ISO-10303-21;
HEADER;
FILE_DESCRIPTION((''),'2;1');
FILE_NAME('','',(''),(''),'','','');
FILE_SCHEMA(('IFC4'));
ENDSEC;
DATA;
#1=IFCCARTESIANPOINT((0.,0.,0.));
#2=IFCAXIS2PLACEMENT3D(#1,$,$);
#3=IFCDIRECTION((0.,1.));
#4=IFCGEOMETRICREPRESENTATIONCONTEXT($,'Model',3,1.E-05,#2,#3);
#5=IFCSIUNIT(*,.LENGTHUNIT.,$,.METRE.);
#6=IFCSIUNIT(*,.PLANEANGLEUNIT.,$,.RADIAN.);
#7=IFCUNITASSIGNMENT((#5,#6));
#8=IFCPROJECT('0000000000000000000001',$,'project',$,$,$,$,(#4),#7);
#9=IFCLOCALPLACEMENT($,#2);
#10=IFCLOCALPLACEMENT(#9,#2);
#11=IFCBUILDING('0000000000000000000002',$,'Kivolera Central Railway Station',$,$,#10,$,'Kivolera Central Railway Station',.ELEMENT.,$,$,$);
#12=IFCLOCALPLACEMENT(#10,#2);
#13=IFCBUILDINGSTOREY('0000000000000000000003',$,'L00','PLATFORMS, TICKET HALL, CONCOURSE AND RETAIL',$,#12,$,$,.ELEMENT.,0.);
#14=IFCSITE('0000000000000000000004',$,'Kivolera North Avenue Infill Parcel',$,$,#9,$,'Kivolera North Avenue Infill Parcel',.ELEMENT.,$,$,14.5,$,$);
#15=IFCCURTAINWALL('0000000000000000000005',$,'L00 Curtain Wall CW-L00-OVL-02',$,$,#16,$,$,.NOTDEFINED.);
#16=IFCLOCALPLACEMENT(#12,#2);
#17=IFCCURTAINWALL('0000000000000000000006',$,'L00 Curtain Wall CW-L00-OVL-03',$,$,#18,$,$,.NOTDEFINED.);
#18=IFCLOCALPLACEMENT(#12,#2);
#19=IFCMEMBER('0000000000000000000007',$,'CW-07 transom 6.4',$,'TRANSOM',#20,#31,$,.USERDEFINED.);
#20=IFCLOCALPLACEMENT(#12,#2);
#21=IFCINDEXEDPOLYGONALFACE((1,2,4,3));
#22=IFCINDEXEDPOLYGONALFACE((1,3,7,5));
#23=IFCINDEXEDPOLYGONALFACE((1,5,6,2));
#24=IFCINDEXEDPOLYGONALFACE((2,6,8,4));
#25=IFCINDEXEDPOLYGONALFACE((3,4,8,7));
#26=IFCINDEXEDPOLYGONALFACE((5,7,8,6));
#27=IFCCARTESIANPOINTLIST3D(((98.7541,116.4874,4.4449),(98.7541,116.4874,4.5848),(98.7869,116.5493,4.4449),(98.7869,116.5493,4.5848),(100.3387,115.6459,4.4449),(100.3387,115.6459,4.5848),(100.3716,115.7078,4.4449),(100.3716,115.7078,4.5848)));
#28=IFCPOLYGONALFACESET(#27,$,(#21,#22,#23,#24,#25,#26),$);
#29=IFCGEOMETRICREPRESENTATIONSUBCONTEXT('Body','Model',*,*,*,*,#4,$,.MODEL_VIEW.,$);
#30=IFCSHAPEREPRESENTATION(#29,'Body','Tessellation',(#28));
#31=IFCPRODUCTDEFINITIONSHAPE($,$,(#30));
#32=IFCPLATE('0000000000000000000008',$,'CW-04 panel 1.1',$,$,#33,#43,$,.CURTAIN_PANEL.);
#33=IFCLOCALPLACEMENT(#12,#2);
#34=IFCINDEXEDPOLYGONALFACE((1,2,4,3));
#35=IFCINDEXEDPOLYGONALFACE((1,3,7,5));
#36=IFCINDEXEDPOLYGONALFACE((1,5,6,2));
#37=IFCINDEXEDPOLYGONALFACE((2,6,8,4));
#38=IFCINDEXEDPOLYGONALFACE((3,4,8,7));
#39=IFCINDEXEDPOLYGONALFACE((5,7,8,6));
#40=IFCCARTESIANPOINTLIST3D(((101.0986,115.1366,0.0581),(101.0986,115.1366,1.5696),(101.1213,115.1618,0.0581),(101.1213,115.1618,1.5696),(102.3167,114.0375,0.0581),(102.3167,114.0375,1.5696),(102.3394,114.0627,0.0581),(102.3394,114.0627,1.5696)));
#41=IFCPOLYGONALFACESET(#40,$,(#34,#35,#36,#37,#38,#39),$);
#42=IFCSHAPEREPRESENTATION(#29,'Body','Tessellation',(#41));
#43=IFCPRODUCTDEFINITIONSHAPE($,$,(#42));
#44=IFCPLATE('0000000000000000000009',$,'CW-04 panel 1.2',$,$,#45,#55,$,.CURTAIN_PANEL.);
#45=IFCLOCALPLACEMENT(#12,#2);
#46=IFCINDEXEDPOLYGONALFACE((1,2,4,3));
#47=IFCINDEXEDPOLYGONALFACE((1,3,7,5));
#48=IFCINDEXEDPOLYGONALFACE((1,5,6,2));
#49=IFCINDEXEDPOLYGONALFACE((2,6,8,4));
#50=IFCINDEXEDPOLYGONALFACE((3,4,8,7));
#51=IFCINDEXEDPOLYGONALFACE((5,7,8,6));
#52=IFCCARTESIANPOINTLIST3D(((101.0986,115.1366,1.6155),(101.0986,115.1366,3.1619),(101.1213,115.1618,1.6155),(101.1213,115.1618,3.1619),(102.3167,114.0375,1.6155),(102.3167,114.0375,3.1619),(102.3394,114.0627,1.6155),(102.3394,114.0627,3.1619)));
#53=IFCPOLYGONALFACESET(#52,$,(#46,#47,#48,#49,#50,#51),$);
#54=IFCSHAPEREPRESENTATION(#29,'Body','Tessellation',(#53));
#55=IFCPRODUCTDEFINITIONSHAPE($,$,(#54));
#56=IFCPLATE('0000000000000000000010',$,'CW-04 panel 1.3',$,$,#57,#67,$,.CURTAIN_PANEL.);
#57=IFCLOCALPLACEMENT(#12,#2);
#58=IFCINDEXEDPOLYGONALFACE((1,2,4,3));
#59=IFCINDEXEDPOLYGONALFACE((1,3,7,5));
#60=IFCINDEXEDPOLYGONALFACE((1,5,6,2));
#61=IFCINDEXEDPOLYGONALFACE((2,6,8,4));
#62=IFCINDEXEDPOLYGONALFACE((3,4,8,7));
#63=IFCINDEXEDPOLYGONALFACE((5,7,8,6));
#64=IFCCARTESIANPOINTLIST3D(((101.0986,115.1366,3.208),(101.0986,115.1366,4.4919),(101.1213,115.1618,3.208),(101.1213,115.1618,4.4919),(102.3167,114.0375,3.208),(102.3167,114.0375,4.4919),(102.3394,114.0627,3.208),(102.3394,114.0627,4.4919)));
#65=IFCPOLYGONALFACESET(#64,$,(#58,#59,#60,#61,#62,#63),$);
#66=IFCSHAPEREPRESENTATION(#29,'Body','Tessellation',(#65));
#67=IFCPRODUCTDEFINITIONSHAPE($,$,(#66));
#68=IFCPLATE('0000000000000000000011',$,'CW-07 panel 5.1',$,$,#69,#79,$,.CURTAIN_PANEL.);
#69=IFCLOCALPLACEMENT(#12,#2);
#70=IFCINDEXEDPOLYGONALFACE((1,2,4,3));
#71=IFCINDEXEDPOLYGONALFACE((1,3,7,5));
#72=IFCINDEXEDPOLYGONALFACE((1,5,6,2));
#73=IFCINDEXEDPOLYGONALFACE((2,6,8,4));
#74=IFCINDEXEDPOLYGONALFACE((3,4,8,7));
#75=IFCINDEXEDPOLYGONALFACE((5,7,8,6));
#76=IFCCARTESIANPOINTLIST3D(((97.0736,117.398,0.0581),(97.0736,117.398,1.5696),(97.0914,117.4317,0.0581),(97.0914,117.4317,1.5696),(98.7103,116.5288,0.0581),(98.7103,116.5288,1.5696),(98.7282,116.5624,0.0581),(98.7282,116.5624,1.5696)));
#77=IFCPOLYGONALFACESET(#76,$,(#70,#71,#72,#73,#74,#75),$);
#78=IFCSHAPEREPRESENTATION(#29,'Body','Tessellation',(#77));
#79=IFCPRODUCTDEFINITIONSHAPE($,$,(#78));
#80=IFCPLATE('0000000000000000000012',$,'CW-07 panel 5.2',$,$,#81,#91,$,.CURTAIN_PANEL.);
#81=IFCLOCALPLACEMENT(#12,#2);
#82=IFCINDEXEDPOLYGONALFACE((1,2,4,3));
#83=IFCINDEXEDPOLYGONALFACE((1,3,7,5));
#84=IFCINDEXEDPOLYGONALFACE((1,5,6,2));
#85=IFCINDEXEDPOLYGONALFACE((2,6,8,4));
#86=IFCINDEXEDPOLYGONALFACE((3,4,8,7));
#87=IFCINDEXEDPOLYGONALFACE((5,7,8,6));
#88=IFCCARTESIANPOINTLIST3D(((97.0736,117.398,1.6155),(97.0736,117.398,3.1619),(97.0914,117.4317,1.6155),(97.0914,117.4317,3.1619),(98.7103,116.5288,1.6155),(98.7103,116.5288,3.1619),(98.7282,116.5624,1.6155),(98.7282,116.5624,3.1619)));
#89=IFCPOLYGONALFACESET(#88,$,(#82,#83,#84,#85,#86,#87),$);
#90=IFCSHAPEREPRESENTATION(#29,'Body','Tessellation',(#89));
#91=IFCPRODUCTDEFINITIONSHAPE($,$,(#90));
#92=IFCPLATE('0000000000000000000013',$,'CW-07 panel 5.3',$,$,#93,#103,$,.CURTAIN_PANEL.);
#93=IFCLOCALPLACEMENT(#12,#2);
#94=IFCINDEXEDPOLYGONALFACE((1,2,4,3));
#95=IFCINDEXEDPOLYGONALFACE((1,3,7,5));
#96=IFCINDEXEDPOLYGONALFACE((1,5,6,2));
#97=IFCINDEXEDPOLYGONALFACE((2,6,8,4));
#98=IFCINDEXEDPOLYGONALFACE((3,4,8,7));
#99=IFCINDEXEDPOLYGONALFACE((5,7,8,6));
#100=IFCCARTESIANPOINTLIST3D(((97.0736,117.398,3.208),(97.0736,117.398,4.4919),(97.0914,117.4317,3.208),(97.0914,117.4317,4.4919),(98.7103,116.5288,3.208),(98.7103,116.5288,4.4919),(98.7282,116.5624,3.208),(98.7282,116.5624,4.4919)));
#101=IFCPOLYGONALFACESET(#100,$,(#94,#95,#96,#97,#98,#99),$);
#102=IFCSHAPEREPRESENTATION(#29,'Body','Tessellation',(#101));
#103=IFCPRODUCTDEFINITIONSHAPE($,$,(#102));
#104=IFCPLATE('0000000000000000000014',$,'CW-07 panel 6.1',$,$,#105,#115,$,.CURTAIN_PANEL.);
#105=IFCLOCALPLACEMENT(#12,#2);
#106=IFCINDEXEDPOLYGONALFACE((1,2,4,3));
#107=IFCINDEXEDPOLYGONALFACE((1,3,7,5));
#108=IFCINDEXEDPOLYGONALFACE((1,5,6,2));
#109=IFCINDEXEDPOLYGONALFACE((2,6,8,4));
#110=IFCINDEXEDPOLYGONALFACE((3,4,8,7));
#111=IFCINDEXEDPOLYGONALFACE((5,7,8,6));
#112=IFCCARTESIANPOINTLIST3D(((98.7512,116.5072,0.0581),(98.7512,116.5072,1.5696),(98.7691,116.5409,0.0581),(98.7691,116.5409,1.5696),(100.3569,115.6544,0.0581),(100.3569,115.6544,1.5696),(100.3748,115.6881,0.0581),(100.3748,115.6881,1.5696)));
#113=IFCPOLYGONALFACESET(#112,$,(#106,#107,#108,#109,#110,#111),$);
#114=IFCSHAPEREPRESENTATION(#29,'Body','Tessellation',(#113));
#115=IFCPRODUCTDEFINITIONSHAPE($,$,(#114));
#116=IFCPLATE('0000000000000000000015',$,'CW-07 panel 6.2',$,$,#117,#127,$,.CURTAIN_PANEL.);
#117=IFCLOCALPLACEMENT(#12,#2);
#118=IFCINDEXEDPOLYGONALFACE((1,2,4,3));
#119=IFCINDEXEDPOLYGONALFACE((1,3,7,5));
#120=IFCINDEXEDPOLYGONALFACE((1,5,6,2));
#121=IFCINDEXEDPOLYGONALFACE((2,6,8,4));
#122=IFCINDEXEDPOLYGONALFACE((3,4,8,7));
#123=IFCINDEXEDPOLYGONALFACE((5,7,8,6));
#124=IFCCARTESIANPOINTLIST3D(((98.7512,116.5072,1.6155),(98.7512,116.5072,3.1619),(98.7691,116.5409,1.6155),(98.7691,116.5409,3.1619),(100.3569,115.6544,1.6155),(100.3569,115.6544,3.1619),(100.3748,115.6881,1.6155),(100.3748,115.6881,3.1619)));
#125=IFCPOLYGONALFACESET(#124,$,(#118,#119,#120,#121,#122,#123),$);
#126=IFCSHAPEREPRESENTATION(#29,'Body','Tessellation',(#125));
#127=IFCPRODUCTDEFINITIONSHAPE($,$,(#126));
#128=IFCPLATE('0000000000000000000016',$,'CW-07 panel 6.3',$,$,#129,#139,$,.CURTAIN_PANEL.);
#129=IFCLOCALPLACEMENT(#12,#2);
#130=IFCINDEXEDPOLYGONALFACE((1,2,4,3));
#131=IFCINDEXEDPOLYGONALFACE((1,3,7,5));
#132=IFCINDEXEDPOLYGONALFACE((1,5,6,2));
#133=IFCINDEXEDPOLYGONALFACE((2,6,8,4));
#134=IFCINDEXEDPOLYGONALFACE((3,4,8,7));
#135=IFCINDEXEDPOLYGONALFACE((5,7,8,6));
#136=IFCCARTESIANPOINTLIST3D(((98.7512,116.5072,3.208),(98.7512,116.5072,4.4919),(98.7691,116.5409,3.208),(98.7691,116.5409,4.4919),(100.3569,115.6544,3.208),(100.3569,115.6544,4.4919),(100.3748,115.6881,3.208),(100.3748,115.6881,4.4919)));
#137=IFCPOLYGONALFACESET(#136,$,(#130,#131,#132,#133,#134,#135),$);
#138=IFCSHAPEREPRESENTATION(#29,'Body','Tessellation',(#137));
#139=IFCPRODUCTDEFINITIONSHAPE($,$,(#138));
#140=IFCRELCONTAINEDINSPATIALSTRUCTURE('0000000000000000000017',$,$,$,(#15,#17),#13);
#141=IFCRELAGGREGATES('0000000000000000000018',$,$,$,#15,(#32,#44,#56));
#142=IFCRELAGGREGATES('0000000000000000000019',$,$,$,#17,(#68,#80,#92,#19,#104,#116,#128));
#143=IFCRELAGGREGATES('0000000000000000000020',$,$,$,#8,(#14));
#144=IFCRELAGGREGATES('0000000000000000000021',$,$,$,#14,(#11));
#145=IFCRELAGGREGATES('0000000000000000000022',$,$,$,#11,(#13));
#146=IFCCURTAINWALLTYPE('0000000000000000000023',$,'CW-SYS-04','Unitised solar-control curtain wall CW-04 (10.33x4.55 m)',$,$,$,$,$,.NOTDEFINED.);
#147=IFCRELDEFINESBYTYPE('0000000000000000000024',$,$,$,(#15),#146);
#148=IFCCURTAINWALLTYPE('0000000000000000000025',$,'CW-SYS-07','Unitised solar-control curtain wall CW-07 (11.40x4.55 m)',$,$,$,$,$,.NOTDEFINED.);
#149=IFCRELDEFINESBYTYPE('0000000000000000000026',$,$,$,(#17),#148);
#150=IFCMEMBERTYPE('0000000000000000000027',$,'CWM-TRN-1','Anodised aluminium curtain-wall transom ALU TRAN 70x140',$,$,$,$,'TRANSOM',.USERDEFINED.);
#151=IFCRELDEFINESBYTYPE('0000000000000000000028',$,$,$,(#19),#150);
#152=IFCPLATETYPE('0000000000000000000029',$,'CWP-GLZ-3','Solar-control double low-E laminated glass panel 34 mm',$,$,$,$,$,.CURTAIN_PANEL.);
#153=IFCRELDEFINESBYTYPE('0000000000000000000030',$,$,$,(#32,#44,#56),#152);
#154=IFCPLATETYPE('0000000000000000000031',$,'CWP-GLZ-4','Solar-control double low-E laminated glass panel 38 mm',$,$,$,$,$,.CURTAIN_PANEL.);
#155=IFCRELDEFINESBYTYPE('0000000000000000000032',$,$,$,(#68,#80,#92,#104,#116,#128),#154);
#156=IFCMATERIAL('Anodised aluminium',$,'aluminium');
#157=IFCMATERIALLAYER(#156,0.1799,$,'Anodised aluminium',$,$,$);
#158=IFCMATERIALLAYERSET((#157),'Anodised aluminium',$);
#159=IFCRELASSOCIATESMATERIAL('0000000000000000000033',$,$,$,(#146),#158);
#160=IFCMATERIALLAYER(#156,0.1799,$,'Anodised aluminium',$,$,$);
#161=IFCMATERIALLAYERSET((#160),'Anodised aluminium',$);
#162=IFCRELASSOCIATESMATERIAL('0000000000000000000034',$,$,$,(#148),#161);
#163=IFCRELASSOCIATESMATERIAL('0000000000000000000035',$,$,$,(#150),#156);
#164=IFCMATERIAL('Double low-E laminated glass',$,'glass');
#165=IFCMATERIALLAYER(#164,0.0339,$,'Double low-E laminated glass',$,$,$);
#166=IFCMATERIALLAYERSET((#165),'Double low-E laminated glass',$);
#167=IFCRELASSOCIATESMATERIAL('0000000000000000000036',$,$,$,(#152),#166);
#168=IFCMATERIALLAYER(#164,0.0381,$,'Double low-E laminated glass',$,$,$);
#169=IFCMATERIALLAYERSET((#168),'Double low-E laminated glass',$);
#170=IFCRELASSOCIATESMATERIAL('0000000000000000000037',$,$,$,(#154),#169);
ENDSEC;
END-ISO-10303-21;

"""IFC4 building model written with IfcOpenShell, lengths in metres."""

from ifc_helpers import new_model, si_unit, direction, frame, origin, origin_2d, place, context, subcontext, project, spatial, rectangle, extrude, material, layer, layer_set, material_profile, profile_set, type_object, element, aggregate, save


model = new_model("IFC4")

# Units and contexts
model_context = context("Model", 3, precision=1e-05, world=origin(), true_north=direction((0.0, 1.0)))
body_context = subcontext(model_context, "Body", "Model", "MODEL_VIEW")
ifc_project = project(units=[si_unit("LENGTHUNIT", "METRE"), si_unit("PLANEANGLEUNIT", "RADIAN")], contexts=[model_context])

# Site, building, storey
site_placement = place(None, origin())
site = spatial("IfcSite", under=ifc_project, at=site_placement, Name="Kivolera North Avenue Infill Parcel", LongName="Kivolera North Avenue Infill Parcel", CompositionType="ELEMENT", RefElevation=14.5)
building_placement = place(site_placement, origin())
building = spatial("IfcBuilding", under=site, at=building_placement, Name="Kivolera Central Railway Station", LongName="Kivolera Central Railway Station", CompositionType="ELEMENT")
storey_placement = place(building_placement, origin())
storey = spatial("IfcBuildingStorey", under=building, at=storey_placement, Name="L00", Description="PLATFORMS, TICKET HALL, CONCOURSE AND RETAIL", CompositionType="ELEMENT", Elevation=0.0)

# Curtain wall
ifc_material_1 = material(Name="Anodised aluminium", Category="aluminium")
ifc_layer_1 = layer(ifc_material_1, 0.1799, Name="Anodised aluminium")
ifc_layer_set_1 = layer_set([ifc_layer_1], Name="Anodised aluminium")
curtain_wall_type_1 = type_object("IfcCurtainWallType", Name="CW-SYS-04", Description="Unitised solar-control curtain wall CW-04 (10.33x4.55 m)", PredefinedType="NOTDEFINED", material=ifc_layer_set_1)
curtain_wall_1_placement = place(storey_placement, origin())
curtain_wall_1 = element("IfcCurtainWall", 1, at=curtain_wall_1_placement, inside=storey, type_object=curtain_wall_type_1, Name="L00 Curtain Wall CW-L00-OVL-02", PredefinedType="NOTDEFINED")

# Curtain wall
ifc_layer_2 = layer(ifc_material_1, 0.1799, Name="Anodised aluminium")
ifc_layer_set_2 = layer_set([ifc_layer_2], Name="Anodised aluminium")
curtain_wall_type_2 = type_object("IfcCurtainWallType", Name="CW-SYS-07", Description="Unitised solar-control curtain wall CW-07 (11.40x4.55 m)", PredefinedType="NOTDEFINED", material=ifc_layer_set_2)
curtain_wall_2_placement = place(storey_placement, origin())
curtain_wall_2 = element("IfcCurtainWall", 2, at=curtain_wall_2_placement, inside=storey, type_object=curtain_wall_type_2, Name="L00 Curtain Wall CW-L00-OVL-03", PredefinedType="NOTDEFINED")

# Member
ifc_material_profile_1 = material_profile(ifc_material_1, rectangle(XDim=0.0701, YDim=0.1399, at=origin_2d()), Name="ALU TRAN 70x140")
ifc_profile_set_1 = profile_set([ifc_material_profile_1], Name="Anodised aluminium")
member_type_1 = type_object("IfcMemberType", Name="CWM-TRN-1", Description="Anodised aluminium curtain-wall transom ALU TRAN 70x140", ElementType="TRANSOM", PredefinedType="USERDEFINED", material=ifc_profile_set_1)
member_1_placement = place(storey_placement, frame((98.7705, 116.5183, 4.5149), z_axis=(0.883191, -0.469013, 0.0), x_axis=(0.469013, 0.883191, 0.0)))
member_1 = element("IfcMember", 3, at=member_1_placement, type_object=member_type_1, Name="CW-07 transom 6.4", ObjectType="TRANSOM", PredefinedType="USERDEFINED", context=body_context, shape_type="SweptSolid", body=[
    extrude(rectangle(XDim=0.0701, YDim=0.1399, at=origin_2d()), origin(), (0.0, 0.0, 1.0), 1.7942),
])

# Plates
ifc_material_2 = material(Name="Double low-E laminated glass", Category="glass")
ifc_layer_3 = layer(ifc_material_2, 0.0339, Name="Double low-E laminated glass")
ifc_layer_set_3 = layer_set([ifc_layer_3], Name="Double low-E laminated glass")
plate_type_1 = type_object("IfcPlateType", Name="CWP-GLZ-3", Description="Solar-control double low-E laminated glass panel 34 mm", PredefinedType="CURTAIN_PANEL", material=ifc_layer_set_3)
plate_1_placement = place(storey_placement, frame((101.719, 114.5996, 0.0581), z_axis=(0.0, 0.0, 1.0), x_axis=(0.742432, -0.669922, 0.0)))
plate_1 = element("IfcPlate", 4, at=plate_1_placement, type_object=plate_type_1, Name="CW-04 panel 1.1", PredefinedType="CURTAIN_PANEL", context=body_context, shape_type="SweptSolid", body=[
    extrude(rectangle(XDim=1.6406, YDim=0.0339, at=origin_2d()), origin(), (0.0, 0.0, 1.0), 1.5115),
])
plate_2_placement = place(storey_placement, frame((101.719, 114.5996, 1.6155), z_axis=(0.0, 0.0, 1.0), x_axis=(0.742432, -0.669922, 0.0)))
plate_2 = element("IfcPlate", 5, at=plate_2_placement, type_object=plate_type_1, Name="CW-04 panel 1.2", PredefinedType="CURTAIN_PANEL", context=body_context, shape_type="SweptSolid", body=[
    extrude(rectangle(XDim=1.6406, YDim=0.0339, at=origin_2d()), origin(), (0.0, 0.0, 1.0), 1.5464),
])
plate_3_placement = place(storey_placement, frame((101.719, 114.5996, 3.208), z_axis=(0.0, 0.0, 1.0), x_axis=(0.742432, -0.669922, 0.0)))
plate_3 = element("IfcPlate", 6, at=plate_3_placement, type_object=plate_type_1, Name="CW-04 panel 1.3", PredefinedType="CURTAIN_PANEL", context=body_context, shape_type="SweptSolid", body=[
    extrude(rectangle(XDim=1.6406, YDim=0.0339, at=origin_2d()), origin(), (0.0, 0.0, 1.0), 1.2839),
])
aggregate(curtain_wall_1, [plate_1, plate_2, plate_3])
ifc_layer_4 = layer(ifc_material_2, 0.0381, Name="Double low-E laminated glass")
ifc_layer_set_4 = layer_set([ifc_layer_4], Name="Double low-E laminated glass")
plate_type_2 = type_object("IfcPlateType", Name="CWP-GLZ-4", Description="Solar-control double low-E laminated glass panel 38 mm", PredefinedType="CURTAIN_PANEL", material=ifc_layer_set_4)
plate_4_placement = place(storey_placement, frame((97.9009, 116.9802, 0.0581), z_axis=(0.0, 0.0, 1.0), x_axis=(0.88317, -0.469053, 0.0)))
plate_4 = element("IfcPlate", 7, at=plate_4_placement, type_object=plate_type_2, Name="CW-07 panel 5.1", PredefinedType="CURTAIN_PANEL", context=body_context, shape_type="SweptSolid", body=[
    extrude(rectangle(XDim=1.8533, YDim=0.0381, at=origin_2d()), origin(), (0.0, 0.0, 1.0), 1.5115),
])
plate_5_placement = place(storey_placement, frame((97.9009, 116.9802, 1.6155), z_axis=(0.0, 0.0, 1.0), x_axis=(0.88317, -0.469053, 0.0)))
plate_5 = element("IfcPlate", 8, at=plate_5_placement, type_object=plate_type_2, Name="CW-07 panel 5.2", PredefinedType="CURTAIN_PANEL", context=body_context, shape_type="SweptSolid", body=[
    extrude(rectangle(XDim=1.8533, YDim=0.0381, at=origin_2d()), origin(), (0.0, 0.0, 1.0), 1.5464),
])
plate_6_placement = place(storey_placement, frame((97.9009, 116.9802, 3.208), z_axis=(0.0, 0.0, 1.0), x_axis=(0.88317, -0.469053, 0.0)))
plate_6 = element("IfcPlate", 9, at=plate_6_placement, type_object=plate_type_2, Name="CW-07 panel 5.3", PredefinedType="CURTAIN_PANEL", context=body_context, shape_type="SweptSolid", body=[
    extrude(rectangle(XDim=1.8533, YDim=0.0381, at=origin_2d()), origin(), (0.0, 0.0, 1.0), 1.2839),
])
plate_7_placement = place(storey_placement, frame((99.563, 116.0977, 0.0581), z_axis=(0.0, 0.0, 1.0), x_axis=(0.88317, -0.469053, 0.0)))
plate_7 = element("IfcPlate", 10, at=plate_7_placement, type_object=plate_type_2, Name="CW-07 panel 6.1", PredefinedType="CURTAIN_PANEL", context=body_context, shape_type="SweptSolid", body=[
    extrude(rectangle(XDim=1.8181, YDim=0.0381, at=origin_2d()), origin(), (0.0, 0.0, 1.0), 1.5115),
])
plate_8_placement = place(storey_placement, frame((99.563, 116.0977, 1.6155), z_axis=(0.0, 0.0, 1.0), x_axis=(0.88317, -0.469053, 0.0)))
plate_8 = element("IfcPlate", 11, at=plate_8_placement, type_object=plate_type_2, Name="CW-07 panel 6.2", PredefinedType="CURTAIN_PANEL", context=body_context, shape_type="SweptSolid", body=[
    extrude(rectangle(XDim=1.8181, YDim=0.0381, at=origin_2d()), origin(), (0.0, 0.0, 1.0), 1.5464),
])
plate_9_placement = place(storey_placement, frame((99.563, 116.0977, 3.208), z_axis=(0.0, 0.0, 1.0), x_axis=(0.88317, -0.469053, 0.0)))
plate_9 = element("IfcPlate", 12, at=plate_9_placement, type_object=plate_type_2, Name="CW-07 panel 6.3", PredefinedType="CURTAIN_PANEL", context=body_context, shape_type="SweptSolid", body=[
    extrude(rectangle(XDim=1.8181, YDim=0.0381, at=origin_2d()), origin(), (0.0, 0.0, 1.0), 1.2839),
])
aggregate(curtain_wall_2, [plate_4, plate_5, plate_6, member_1, plate_7, plate_8, plate_9])

save(model, "model.ifc")
